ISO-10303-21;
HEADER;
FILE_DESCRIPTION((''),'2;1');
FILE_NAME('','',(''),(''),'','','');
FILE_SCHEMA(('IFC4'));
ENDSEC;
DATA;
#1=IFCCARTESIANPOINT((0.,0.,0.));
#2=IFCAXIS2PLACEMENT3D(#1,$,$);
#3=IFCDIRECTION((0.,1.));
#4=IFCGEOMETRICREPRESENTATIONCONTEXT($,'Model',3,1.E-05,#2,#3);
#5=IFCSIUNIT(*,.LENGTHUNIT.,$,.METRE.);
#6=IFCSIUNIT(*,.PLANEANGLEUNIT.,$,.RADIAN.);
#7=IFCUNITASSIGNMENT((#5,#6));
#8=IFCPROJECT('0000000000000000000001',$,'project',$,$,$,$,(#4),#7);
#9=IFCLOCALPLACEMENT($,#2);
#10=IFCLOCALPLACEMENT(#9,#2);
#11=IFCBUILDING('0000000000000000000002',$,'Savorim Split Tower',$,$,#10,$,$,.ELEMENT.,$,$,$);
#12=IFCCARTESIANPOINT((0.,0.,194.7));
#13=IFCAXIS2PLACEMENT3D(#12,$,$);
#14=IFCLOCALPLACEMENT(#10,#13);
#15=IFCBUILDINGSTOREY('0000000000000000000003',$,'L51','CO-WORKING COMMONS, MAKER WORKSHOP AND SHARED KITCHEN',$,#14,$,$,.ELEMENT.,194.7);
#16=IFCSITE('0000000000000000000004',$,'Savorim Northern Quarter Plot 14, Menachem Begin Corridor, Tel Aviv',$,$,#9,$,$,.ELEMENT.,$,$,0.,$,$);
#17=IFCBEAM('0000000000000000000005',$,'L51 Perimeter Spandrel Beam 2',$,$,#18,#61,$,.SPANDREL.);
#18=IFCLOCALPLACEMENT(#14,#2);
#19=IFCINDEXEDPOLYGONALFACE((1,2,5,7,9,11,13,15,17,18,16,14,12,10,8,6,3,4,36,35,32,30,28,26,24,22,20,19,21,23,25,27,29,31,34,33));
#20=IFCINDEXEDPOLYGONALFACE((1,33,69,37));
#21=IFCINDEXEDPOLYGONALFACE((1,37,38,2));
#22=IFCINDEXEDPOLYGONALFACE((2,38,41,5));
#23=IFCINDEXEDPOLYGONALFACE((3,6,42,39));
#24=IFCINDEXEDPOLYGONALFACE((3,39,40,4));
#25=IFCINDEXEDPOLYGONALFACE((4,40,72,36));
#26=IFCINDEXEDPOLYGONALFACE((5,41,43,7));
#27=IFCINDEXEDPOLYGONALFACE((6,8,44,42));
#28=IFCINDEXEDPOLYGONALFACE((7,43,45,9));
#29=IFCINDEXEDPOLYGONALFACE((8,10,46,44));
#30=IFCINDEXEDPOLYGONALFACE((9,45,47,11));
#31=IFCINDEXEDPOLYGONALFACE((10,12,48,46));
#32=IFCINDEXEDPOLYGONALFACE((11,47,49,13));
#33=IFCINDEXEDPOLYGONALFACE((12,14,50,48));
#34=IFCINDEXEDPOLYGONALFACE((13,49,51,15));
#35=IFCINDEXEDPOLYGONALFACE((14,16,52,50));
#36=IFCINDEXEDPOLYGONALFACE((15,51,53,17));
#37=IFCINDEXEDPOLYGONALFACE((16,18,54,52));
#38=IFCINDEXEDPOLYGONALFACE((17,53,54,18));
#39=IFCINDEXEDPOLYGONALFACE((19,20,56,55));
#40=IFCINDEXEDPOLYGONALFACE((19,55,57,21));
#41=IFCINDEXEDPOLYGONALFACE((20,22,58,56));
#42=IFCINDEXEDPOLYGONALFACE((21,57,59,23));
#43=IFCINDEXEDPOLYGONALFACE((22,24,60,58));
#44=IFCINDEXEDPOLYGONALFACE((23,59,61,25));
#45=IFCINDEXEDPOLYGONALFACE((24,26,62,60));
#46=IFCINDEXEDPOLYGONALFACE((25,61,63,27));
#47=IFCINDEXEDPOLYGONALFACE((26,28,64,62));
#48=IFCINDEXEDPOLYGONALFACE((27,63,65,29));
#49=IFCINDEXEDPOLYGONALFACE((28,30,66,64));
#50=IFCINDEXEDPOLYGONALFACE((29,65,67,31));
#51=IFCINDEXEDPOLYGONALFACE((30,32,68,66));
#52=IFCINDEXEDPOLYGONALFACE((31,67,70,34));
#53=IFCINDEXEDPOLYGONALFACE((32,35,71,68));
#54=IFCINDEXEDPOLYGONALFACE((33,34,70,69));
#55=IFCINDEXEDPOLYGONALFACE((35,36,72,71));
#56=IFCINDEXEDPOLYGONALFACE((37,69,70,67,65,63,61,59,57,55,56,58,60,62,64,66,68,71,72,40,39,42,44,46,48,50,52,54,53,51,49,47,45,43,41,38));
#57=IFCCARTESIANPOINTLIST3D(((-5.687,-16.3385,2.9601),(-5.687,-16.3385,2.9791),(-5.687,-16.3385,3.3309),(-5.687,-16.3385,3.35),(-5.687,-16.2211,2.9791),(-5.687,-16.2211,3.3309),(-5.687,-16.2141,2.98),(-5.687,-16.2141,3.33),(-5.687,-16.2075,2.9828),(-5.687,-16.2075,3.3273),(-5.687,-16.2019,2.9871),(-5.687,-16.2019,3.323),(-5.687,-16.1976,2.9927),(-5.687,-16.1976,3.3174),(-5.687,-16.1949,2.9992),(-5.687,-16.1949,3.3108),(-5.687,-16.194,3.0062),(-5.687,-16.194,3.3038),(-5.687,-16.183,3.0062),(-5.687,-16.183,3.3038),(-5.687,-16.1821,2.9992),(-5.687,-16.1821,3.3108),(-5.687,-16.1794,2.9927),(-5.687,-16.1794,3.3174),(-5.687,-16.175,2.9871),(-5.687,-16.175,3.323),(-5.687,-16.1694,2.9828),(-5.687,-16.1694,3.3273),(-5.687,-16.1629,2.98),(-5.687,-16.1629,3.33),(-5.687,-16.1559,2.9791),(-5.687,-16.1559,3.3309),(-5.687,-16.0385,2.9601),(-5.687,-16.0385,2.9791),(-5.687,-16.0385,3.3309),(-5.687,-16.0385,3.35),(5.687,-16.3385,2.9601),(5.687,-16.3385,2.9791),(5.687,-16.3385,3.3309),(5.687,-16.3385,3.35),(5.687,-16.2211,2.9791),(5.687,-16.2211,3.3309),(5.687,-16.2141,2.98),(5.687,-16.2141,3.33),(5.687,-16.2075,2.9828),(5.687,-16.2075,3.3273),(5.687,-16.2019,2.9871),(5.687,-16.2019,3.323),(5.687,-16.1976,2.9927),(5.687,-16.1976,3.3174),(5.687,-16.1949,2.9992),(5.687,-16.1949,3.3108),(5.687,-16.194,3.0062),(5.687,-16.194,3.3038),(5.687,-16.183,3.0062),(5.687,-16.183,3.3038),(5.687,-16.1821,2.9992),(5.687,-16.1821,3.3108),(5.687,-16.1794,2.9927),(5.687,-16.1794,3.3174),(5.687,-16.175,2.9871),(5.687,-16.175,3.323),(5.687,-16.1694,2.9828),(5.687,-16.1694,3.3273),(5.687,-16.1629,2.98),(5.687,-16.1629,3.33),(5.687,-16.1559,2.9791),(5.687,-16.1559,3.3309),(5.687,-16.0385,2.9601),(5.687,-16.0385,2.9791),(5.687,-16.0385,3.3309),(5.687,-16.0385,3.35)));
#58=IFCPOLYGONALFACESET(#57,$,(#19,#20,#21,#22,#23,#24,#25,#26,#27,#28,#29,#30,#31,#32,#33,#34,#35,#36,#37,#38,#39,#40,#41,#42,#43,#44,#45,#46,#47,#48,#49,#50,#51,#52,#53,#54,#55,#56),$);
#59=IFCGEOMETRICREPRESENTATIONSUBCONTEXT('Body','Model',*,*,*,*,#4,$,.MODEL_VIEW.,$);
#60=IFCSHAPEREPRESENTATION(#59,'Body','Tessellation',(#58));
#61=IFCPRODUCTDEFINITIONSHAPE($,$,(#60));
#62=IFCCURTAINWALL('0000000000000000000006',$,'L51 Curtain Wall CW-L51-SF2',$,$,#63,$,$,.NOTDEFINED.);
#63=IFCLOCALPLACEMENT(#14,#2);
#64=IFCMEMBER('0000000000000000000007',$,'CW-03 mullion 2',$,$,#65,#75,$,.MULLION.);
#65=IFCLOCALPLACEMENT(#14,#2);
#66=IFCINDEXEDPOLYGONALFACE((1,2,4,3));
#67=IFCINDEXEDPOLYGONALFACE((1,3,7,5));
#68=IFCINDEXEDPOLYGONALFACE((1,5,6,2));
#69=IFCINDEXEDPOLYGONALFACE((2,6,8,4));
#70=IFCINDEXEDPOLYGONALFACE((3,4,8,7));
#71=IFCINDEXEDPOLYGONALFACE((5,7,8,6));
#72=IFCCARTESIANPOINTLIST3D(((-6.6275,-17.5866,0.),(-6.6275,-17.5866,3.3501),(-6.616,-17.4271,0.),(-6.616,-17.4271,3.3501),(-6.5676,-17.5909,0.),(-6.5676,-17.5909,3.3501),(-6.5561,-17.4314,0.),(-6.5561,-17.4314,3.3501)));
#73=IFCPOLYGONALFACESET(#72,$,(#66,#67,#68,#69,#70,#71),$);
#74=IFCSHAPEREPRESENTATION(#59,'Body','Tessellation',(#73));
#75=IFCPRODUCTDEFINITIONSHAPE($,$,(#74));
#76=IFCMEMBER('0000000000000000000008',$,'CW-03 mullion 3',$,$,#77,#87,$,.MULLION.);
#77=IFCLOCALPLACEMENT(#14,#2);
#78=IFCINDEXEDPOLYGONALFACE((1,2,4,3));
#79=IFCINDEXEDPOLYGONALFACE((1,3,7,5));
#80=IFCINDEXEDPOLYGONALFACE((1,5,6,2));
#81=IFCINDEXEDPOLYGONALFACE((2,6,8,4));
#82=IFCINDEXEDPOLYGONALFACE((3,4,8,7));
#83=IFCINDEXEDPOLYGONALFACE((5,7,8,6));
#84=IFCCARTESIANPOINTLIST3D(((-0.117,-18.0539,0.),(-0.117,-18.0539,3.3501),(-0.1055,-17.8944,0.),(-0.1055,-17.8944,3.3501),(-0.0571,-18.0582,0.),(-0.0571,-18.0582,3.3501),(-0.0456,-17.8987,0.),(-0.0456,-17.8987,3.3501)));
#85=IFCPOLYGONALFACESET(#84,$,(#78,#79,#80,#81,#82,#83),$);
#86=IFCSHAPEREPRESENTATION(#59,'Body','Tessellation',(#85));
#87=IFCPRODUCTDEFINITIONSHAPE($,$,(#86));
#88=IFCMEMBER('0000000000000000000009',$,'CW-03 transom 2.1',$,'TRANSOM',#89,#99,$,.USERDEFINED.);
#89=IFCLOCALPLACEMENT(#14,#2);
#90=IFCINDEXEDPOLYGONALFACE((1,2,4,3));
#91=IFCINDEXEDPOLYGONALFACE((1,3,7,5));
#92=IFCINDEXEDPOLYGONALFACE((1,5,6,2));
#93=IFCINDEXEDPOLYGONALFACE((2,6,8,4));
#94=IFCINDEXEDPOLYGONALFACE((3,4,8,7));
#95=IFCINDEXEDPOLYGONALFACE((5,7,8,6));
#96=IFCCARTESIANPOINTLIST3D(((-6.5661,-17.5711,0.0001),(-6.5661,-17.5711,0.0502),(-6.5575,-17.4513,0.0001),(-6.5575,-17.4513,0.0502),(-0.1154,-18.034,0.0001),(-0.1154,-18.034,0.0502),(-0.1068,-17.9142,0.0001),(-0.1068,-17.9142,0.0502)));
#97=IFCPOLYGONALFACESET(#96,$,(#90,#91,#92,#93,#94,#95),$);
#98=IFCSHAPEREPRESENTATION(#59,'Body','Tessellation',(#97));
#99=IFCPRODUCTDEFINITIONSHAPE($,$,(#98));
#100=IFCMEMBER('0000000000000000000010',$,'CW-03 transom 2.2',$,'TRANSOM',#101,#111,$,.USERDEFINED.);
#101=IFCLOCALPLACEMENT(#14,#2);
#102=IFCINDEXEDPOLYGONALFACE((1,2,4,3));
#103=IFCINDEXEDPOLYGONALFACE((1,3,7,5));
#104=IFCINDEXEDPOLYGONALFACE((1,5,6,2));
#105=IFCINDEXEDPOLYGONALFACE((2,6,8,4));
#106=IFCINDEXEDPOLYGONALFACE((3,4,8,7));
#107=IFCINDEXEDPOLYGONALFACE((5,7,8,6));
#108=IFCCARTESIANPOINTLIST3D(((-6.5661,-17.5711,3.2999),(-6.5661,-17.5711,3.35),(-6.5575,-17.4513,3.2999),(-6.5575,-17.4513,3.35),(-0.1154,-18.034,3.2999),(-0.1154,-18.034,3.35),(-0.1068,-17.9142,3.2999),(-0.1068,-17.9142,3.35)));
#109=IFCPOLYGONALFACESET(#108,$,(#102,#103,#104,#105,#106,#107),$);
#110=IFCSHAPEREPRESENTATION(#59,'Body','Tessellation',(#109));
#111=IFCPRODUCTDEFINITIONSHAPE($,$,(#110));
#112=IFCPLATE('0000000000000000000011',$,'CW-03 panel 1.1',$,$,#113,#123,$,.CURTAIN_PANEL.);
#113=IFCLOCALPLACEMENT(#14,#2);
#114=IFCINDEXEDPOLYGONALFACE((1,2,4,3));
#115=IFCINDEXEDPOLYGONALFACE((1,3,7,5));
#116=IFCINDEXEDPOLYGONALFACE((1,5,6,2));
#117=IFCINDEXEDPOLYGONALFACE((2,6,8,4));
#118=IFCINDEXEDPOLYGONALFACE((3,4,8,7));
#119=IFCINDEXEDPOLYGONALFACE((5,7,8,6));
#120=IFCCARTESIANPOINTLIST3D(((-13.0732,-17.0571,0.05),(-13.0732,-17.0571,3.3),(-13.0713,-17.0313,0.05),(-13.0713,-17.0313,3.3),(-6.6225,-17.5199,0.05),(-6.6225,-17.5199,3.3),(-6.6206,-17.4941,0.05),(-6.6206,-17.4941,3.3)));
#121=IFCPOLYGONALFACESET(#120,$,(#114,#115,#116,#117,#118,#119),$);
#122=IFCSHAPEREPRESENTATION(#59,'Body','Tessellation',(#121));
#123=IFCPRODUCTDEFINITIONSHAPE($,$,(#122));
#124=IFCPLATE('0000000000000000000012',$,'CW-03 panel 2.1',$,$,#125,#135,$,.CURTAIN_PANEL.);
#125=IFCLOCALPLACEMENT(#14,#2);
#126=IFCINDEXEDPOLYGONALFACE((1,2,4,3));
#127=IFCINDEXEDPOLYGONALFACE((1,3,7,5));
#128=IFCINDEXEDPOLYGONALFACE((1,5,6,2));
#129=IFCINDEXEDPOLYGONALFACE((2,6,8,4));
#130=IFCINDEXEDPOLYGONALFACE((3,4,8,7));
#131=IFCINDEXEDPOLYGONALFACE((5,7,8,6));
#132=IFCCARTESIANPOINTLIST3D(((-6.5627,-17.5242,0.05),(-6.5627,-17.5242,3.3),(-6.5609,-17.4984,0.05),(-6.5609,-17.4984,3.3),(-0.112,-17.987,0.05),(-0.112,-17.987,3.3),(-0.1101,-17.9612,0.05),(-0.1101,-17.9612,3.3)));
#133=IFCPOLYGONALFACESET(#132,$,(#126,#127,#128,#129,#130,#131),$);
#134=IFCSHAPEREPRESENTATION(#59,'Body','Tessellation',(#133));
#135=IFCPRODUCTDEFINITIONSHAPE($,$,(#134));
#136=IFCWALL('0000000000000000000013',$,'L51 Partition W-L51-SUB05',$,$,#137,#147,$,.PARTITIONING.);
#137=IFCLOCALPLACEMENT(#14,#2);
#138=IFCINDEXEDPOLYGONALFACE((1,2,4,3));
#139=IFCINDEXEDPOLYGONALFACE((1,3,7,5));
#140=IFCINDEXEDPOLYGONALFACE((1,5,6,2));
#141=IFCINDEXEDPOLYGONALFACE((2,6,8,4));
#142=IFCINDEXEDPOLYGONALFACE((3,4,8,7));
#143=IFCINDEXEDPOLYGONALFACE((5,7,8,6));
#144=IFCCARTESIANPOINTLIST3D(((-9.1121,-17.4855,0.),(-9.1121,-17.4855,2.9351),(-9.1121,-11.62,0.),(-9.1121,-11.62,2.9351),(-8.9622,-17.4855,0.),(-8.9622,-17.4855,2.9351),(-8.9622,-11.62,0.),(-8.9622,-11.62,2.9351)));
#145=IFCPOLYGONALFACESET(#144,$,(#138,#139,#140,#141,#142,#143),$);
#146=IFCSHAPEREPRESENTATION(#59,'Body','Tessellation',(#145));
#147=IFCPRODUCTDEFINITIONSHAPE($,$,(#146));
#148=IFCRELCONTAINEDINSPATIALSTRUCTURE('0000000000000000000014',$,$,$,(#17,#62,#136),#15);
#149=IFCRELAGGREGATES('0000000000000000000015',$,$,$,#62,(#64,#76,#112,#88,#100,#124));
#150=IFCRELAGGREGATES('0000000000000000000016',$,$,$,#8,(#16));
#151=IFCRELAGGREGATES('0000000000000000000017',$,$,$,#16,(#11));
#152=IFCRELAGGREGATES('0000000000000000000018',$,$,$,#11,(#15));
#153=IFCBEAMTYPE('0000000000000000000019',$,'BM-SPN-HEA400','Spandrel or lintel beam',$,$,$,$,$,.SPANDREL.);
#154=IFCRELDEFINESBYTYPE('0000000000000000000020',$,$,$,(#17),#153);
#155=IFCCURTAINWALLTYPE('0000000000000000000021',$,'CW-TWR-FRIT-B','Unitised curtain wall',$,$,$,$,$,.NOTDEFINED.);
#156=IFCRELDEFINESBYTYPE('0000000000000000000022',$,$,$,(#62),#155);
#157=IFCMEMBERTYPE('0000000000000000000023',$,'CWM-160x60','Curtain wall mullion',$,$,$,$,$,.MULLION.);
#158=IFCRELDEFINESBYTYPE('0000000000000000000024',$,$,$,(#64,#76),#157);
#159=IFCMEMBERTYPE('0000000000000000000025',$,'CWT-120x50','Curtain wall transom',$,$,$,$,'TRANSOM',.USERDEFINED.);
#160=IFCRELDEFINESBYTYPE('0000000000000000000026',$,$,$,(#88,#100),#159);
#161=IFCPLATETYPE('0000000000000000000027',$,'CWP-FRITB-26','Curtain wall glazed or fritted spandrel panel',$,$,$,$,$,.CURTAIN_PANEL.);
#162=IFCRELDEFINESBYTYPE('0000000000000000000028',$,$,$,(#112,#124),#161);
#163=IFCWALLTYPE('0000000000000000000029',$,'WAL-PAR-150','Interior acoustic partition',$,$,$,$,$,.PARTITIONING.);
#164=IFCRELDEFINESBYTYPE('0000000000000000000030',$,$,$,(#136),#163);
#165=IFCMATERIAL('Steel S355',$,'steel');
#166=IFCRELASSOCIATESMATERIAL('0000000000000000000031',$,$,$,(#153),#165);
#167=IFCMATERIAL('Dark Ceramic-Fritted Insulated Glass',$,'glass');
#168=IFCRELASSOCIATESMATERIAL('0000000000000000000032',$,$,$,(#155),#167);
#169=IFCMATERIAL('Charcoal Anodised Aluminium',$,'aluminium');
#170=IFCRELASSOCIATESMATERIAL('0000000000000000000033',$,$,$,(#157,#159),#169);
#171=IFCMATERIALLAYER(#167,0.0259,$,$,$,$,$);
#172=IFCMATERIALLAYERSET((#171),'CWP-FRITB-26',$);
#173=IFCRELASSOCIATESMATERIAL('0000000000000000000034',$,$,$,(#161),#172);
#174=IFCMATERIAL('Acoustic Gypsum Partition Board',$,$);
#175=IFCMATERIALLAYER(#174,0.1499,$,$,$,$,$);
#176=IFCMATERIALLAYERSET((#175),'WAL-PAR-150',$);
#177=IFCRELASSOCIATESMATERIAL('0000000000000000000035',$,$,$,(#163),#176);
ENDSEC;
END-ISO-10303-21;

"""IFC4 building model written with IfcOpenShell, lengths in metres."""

from ifc_helpers import new_model, si_unit, direction, frame, frame_2d, origin, origin_2d, place, context, subcontext, project, spatial, rectangle, i_section, extrude, material, layer, layer_set, material_profile, profile_set, type_object, element, aggregate, save


model = new_model("IFC4")

# Units and contexts
model_context = context("Model", 3, precision=1e-05, world=origin(), true_north=direction((0.0, 1.0)))
body_context = subcontext(model_context, "Body", "Model", "MODEL_VIEW")
ifc_project = project(units=[si_unit("LENGTHUNIT", "METRE"), si_unit("PLANEANGLEUNIT", "RADIAN")], contexts=[model_context])

# Site, building, storey
site_placement = place(None, origin())
site = spatial("IfcSite", under=ifc_project, at=site_placement, Name="Savorim Northern Quarter Plot 14, Menachem Begin Corridor, Tel Aviv", CompositionType="ELEMENT", RefElevation=0.0)
building_placement = place(site_placement, origin())
building = spatial("IfcBuilding", under=site, at=building_placement, Name="Savorim Split Tower", CompositionType="ELEMENT")
storey_placement = place(building_placement, frame((0.0, 0.0, 194.7)))
storey = spatial("IfcBuildingStorey", under=building, at=storey_placement, Name="L51", Description="CO-WORKING COMMONS, MAKER WORKSHOP AND SHARED KITCHEN", CompositionType="ELEMENT", Elevation=194.7)

# Shared definitions
ifc_material_1 = material(Name="Steel S355", Category="steel")

# Beam
ifc_material_profile_1 = material_profile(ifc_material_1, i_section(OverallWidth=0.3, OverallDepth=0.3899, WebThickness=0.011, FlangeThickness=0.019, FilletRadius=0.0271, at=origin_2d()), Name="HEA 400")
ifc_profile_set_1 = profile_set([ifc_material_profile_1], Name="Steel S355")
beam_type_1 = type_object("IfcBeamType", Name="BM-SPN-HEA400", Description="Spandrel or lintel beam", PredefinedType="SPANDREL", material=ifc_profile_set_1)
beam_1_placement = place(storey_placement, frame((-5.687, -16.1885, 3.155), z_axis=(1.0, 0.0, 0.0), x_axis=(0.0, 1.0, 0.0)))
element("IfcBeam", 1, at=beam_1_placement, inside=storey, type_object=beam_type_1, Name="L51 Perimeter Spandrel Beam 2", PredefinedType="SPANDREL", context=body_context, shape_type="SweptSolid", body=[
    extrude(i_section(OverallWidth=0.3, OverallDepth=0.3899, WebThickness=0.011, FlangeThickness=0.019, FilletRadius=0.0271, at=origin_2d()), origin(), (0.0, 0.0, 1.0), 11.374),
])

# Curtain wall, members, plates
ifc_material_2 = material(Name="Dark Ceramic-Fritted Insulated Glass", Category="glass")
curtain_wall_type = type_object("IfcCurtainWallType", Name="CW-TWR-FRIT-B", Description="Unitised curtain wall", PredefinedType="NOTDEFINED", material=ifc_material_2)
curtain_wall_placement = place(storey_placement, origin())
curtain_wall = element("IfcCurtainWall", 2, at=curtain_wall_placement, inside=storey, type_object=curtain_wall_type, Name="L51 Curtain Wall CW-L51-SF2", PredefinedType="NOTDEFINED")
ifc_material_3 = material(Name="Charcoal Anodised Aluminium", Category="aluminium")
ifc_material_profile_2 = material_profile(ifc_material_3, rectangle(XDim=0.1599, YDim=0.0601, at=origin_2d()), Name="ALU-M 160x60")
ifc_profile_set_2 = profile_set([ifc_material_profile_2], Name="Charcoal Anodised Aluminium")
member_type_1 = type_object("IfcMemberType", Name="CWM-160x60", Description="Curtain wall mullion", PredefinedType="MULLION", material=ifc_profile_set_2)
member_1_placement = place(storey_placement, frame((-6.5918, -17.509, 0.0), z_axis=(0.0, 0.0, 1.0), x_axis=(0.071562, 0.997436, 0.0)))
member_1 = element("IfcMember", 3, at=member_1_placement, type_object=member_type_1, Name="CW-03 mullion 2", PredefinedType="MULLION", context=body_context, shape_type="SweptSolid", body=[
    extrude(rectangle(XDim=0.1599, YDim=0.0601, at=origin_2d()), origin(), (0.0, 0.0, 1.0), 3.3501),
])
member_2_placement = place(storey_placement, frame((-0.0813, -17.9763, 0.0), z_axis=(0.0, 0.0, 1.0), x_axis=(0.071562, 0.997436, 0.0)))
member_2 = element("IfcMember", 4, at=member_2_placement, type_object=member_type_1, Name="CW-03 mullion 3", PredefinedType="MULLION", context=body_context, shape_type="SweptSolid", body=[
    extrude(rectangle(XDim=0.1599, YDim=0.0601, at=origin_2d()), origin(), (0.0, 0.0, 1.0), 3.3501),
])
ifc_material_profile_3 = material_profile(ifc_material_3, rectangle(XDim=0.1201, YDim=0.05, at=origin_2d()), Name="ALU-T 120x50")
ifc_profile_set_3 = profile_set([ifc_material_profile_3], Name="Charcoal Anodised Aluminium")
member_type_2 = type_object("IfcMemberType", Name="CWT-120x50", Description="Curtain wall transom", ElementType="TRANSOM", PredefinedType="USERDEFINED", material=ifc_profile_set_3)
member_3_placement = place(storey_placement, frame((-6.5618, -17.5112, 0.0251), z_axis=(0.997435, -0.071574, 0.0), x_axis=(0.071574, 0.997435, 0.0)))
member_3 = element("IfcMember", 5, at=member_3_placement, type_object=member_type_2, Name="CW-03 transom 2.1", ObjectType="TRANSOM", PredefinedType="USERDEFINED", context=body_context, shape_type="SweptSolid", body=[
    extrude(rectangle(XDim=0.1201, YDim=0.05, at=origin_2d()), origin(), (0.0, 0.0, 1.0), 6.4673),
])
member_4_placement = place(storey_placement, frame((-6.5618, -17.5112, 3.325), z_axis=(0.997435, -0.071574, 0.0), x_axis=(0.071574, 0.997435, 0.0)))
member_4 = element("IfcMember", 6, at=member_4_placement, type_object=member_type_2, Name="CW-03 transom 2.2", ObjectType="TRANSOM", PredefinedType="USERDEFINED", context=body_context, shape_type="SweptSolid", body=[
    extrude(rectangle(XDim=0.1201, YDim=0.05, at=origin_2d()), origin(), (0.0, 0.0, 1.0), 6.4673),
])
ifc_layer_1 = layer(ifc_material_2, 0.0259)
ifc_layer_set_1 = layer_set([ifc_layer_1], Name="CWP-FRITB-26")
plate_type = type_object("IfcPlateType", Name="CWP-FRITB-26", Description="Curtain wall glazed or fritted spandrel panel", PredefinedType="CURTAIN_PANEL", material=ifc_layer_set_1)
plate_1_placement = place(storey_placement, frame((-9.8469, -17.2756, 0.05), z_axis=(0.0, 0.0, 1.0), x_axis=(0.997436, -0.071562, 0.0)))
plate_1 = element("IfcPlate", 7, at=plate_1_placement, type_object=plate_type, Name="CW-03 panel 1.1", PredefinedType="CURTAIN_PANEL", context=body_context, shape_type="SweptSolid", body=[
    extrude(rectangle(XDim=6.4673, YDim=0.0259, at=origin_2d()), origin(), (0.0, 0.0, 1.0), 3.25),
])
plate_2_placement = place(storey_placement, frame((-3.3364, -17.7427, 0.05), z_axis=(0.0, 0.0, 1.0), x_axis=(0.997436, -0.071562, 0.0)))
plate_2 = element("IfcPlate", 8, at=plate_2_placement, type_object=plate_type, Name="CW-03 panel 2.1", PredefinedType="CURTAIN_PANEL", context=body_context, shape_type="SweptSolid", body=[
    extrude(rectangle(XDim=6.4673, YDim=0.0259, at=origin_2d()), origin(), (0.0, 0.0, 1.0), 3.25),
])
aggregate(curtain_wall, [member_1, member_2, plate_1, member_3, member_4, plate_2])

# Wall
ifc_material_4 = material(Name="Acoustic Gypsum Partition Board")
ifc_layer_2 = layer(ifc_material_4, 0.1499)
ifc_layer_set_2 = layer_set([ifc_layer_2], Name="WAL-PAR-150")
wall_type = type_object("IfcWallType", Name="WAL-PAR-150", Description="Interior acoustic partition", PredefinedType="PARTITIONING", material=ifc_layer_set_2)
wall_placement = place(storey_placement, frame((-9.0371, -11.6201, 0.0), z_axis=(0.0, 0.0, 1.0), x_axis=(0.0, -1.0, 0.0)))
element("IfcWall", 9, at=wall_placement, inside=storey, type_object=wall_type, Name="L51 Partition W-L51-SUB05", PredefinedType="PARTITIONING", context=body_context, shape_type="SweptSolid", body=[
    extrude(rectangle(XDim=5.8655, YDim=0.1499, at=frame_2d((2.9326, 0.0))), origin(), (0.0, 0.0, 1.0), 2.9351),
])

save(model, "model.ifc")
